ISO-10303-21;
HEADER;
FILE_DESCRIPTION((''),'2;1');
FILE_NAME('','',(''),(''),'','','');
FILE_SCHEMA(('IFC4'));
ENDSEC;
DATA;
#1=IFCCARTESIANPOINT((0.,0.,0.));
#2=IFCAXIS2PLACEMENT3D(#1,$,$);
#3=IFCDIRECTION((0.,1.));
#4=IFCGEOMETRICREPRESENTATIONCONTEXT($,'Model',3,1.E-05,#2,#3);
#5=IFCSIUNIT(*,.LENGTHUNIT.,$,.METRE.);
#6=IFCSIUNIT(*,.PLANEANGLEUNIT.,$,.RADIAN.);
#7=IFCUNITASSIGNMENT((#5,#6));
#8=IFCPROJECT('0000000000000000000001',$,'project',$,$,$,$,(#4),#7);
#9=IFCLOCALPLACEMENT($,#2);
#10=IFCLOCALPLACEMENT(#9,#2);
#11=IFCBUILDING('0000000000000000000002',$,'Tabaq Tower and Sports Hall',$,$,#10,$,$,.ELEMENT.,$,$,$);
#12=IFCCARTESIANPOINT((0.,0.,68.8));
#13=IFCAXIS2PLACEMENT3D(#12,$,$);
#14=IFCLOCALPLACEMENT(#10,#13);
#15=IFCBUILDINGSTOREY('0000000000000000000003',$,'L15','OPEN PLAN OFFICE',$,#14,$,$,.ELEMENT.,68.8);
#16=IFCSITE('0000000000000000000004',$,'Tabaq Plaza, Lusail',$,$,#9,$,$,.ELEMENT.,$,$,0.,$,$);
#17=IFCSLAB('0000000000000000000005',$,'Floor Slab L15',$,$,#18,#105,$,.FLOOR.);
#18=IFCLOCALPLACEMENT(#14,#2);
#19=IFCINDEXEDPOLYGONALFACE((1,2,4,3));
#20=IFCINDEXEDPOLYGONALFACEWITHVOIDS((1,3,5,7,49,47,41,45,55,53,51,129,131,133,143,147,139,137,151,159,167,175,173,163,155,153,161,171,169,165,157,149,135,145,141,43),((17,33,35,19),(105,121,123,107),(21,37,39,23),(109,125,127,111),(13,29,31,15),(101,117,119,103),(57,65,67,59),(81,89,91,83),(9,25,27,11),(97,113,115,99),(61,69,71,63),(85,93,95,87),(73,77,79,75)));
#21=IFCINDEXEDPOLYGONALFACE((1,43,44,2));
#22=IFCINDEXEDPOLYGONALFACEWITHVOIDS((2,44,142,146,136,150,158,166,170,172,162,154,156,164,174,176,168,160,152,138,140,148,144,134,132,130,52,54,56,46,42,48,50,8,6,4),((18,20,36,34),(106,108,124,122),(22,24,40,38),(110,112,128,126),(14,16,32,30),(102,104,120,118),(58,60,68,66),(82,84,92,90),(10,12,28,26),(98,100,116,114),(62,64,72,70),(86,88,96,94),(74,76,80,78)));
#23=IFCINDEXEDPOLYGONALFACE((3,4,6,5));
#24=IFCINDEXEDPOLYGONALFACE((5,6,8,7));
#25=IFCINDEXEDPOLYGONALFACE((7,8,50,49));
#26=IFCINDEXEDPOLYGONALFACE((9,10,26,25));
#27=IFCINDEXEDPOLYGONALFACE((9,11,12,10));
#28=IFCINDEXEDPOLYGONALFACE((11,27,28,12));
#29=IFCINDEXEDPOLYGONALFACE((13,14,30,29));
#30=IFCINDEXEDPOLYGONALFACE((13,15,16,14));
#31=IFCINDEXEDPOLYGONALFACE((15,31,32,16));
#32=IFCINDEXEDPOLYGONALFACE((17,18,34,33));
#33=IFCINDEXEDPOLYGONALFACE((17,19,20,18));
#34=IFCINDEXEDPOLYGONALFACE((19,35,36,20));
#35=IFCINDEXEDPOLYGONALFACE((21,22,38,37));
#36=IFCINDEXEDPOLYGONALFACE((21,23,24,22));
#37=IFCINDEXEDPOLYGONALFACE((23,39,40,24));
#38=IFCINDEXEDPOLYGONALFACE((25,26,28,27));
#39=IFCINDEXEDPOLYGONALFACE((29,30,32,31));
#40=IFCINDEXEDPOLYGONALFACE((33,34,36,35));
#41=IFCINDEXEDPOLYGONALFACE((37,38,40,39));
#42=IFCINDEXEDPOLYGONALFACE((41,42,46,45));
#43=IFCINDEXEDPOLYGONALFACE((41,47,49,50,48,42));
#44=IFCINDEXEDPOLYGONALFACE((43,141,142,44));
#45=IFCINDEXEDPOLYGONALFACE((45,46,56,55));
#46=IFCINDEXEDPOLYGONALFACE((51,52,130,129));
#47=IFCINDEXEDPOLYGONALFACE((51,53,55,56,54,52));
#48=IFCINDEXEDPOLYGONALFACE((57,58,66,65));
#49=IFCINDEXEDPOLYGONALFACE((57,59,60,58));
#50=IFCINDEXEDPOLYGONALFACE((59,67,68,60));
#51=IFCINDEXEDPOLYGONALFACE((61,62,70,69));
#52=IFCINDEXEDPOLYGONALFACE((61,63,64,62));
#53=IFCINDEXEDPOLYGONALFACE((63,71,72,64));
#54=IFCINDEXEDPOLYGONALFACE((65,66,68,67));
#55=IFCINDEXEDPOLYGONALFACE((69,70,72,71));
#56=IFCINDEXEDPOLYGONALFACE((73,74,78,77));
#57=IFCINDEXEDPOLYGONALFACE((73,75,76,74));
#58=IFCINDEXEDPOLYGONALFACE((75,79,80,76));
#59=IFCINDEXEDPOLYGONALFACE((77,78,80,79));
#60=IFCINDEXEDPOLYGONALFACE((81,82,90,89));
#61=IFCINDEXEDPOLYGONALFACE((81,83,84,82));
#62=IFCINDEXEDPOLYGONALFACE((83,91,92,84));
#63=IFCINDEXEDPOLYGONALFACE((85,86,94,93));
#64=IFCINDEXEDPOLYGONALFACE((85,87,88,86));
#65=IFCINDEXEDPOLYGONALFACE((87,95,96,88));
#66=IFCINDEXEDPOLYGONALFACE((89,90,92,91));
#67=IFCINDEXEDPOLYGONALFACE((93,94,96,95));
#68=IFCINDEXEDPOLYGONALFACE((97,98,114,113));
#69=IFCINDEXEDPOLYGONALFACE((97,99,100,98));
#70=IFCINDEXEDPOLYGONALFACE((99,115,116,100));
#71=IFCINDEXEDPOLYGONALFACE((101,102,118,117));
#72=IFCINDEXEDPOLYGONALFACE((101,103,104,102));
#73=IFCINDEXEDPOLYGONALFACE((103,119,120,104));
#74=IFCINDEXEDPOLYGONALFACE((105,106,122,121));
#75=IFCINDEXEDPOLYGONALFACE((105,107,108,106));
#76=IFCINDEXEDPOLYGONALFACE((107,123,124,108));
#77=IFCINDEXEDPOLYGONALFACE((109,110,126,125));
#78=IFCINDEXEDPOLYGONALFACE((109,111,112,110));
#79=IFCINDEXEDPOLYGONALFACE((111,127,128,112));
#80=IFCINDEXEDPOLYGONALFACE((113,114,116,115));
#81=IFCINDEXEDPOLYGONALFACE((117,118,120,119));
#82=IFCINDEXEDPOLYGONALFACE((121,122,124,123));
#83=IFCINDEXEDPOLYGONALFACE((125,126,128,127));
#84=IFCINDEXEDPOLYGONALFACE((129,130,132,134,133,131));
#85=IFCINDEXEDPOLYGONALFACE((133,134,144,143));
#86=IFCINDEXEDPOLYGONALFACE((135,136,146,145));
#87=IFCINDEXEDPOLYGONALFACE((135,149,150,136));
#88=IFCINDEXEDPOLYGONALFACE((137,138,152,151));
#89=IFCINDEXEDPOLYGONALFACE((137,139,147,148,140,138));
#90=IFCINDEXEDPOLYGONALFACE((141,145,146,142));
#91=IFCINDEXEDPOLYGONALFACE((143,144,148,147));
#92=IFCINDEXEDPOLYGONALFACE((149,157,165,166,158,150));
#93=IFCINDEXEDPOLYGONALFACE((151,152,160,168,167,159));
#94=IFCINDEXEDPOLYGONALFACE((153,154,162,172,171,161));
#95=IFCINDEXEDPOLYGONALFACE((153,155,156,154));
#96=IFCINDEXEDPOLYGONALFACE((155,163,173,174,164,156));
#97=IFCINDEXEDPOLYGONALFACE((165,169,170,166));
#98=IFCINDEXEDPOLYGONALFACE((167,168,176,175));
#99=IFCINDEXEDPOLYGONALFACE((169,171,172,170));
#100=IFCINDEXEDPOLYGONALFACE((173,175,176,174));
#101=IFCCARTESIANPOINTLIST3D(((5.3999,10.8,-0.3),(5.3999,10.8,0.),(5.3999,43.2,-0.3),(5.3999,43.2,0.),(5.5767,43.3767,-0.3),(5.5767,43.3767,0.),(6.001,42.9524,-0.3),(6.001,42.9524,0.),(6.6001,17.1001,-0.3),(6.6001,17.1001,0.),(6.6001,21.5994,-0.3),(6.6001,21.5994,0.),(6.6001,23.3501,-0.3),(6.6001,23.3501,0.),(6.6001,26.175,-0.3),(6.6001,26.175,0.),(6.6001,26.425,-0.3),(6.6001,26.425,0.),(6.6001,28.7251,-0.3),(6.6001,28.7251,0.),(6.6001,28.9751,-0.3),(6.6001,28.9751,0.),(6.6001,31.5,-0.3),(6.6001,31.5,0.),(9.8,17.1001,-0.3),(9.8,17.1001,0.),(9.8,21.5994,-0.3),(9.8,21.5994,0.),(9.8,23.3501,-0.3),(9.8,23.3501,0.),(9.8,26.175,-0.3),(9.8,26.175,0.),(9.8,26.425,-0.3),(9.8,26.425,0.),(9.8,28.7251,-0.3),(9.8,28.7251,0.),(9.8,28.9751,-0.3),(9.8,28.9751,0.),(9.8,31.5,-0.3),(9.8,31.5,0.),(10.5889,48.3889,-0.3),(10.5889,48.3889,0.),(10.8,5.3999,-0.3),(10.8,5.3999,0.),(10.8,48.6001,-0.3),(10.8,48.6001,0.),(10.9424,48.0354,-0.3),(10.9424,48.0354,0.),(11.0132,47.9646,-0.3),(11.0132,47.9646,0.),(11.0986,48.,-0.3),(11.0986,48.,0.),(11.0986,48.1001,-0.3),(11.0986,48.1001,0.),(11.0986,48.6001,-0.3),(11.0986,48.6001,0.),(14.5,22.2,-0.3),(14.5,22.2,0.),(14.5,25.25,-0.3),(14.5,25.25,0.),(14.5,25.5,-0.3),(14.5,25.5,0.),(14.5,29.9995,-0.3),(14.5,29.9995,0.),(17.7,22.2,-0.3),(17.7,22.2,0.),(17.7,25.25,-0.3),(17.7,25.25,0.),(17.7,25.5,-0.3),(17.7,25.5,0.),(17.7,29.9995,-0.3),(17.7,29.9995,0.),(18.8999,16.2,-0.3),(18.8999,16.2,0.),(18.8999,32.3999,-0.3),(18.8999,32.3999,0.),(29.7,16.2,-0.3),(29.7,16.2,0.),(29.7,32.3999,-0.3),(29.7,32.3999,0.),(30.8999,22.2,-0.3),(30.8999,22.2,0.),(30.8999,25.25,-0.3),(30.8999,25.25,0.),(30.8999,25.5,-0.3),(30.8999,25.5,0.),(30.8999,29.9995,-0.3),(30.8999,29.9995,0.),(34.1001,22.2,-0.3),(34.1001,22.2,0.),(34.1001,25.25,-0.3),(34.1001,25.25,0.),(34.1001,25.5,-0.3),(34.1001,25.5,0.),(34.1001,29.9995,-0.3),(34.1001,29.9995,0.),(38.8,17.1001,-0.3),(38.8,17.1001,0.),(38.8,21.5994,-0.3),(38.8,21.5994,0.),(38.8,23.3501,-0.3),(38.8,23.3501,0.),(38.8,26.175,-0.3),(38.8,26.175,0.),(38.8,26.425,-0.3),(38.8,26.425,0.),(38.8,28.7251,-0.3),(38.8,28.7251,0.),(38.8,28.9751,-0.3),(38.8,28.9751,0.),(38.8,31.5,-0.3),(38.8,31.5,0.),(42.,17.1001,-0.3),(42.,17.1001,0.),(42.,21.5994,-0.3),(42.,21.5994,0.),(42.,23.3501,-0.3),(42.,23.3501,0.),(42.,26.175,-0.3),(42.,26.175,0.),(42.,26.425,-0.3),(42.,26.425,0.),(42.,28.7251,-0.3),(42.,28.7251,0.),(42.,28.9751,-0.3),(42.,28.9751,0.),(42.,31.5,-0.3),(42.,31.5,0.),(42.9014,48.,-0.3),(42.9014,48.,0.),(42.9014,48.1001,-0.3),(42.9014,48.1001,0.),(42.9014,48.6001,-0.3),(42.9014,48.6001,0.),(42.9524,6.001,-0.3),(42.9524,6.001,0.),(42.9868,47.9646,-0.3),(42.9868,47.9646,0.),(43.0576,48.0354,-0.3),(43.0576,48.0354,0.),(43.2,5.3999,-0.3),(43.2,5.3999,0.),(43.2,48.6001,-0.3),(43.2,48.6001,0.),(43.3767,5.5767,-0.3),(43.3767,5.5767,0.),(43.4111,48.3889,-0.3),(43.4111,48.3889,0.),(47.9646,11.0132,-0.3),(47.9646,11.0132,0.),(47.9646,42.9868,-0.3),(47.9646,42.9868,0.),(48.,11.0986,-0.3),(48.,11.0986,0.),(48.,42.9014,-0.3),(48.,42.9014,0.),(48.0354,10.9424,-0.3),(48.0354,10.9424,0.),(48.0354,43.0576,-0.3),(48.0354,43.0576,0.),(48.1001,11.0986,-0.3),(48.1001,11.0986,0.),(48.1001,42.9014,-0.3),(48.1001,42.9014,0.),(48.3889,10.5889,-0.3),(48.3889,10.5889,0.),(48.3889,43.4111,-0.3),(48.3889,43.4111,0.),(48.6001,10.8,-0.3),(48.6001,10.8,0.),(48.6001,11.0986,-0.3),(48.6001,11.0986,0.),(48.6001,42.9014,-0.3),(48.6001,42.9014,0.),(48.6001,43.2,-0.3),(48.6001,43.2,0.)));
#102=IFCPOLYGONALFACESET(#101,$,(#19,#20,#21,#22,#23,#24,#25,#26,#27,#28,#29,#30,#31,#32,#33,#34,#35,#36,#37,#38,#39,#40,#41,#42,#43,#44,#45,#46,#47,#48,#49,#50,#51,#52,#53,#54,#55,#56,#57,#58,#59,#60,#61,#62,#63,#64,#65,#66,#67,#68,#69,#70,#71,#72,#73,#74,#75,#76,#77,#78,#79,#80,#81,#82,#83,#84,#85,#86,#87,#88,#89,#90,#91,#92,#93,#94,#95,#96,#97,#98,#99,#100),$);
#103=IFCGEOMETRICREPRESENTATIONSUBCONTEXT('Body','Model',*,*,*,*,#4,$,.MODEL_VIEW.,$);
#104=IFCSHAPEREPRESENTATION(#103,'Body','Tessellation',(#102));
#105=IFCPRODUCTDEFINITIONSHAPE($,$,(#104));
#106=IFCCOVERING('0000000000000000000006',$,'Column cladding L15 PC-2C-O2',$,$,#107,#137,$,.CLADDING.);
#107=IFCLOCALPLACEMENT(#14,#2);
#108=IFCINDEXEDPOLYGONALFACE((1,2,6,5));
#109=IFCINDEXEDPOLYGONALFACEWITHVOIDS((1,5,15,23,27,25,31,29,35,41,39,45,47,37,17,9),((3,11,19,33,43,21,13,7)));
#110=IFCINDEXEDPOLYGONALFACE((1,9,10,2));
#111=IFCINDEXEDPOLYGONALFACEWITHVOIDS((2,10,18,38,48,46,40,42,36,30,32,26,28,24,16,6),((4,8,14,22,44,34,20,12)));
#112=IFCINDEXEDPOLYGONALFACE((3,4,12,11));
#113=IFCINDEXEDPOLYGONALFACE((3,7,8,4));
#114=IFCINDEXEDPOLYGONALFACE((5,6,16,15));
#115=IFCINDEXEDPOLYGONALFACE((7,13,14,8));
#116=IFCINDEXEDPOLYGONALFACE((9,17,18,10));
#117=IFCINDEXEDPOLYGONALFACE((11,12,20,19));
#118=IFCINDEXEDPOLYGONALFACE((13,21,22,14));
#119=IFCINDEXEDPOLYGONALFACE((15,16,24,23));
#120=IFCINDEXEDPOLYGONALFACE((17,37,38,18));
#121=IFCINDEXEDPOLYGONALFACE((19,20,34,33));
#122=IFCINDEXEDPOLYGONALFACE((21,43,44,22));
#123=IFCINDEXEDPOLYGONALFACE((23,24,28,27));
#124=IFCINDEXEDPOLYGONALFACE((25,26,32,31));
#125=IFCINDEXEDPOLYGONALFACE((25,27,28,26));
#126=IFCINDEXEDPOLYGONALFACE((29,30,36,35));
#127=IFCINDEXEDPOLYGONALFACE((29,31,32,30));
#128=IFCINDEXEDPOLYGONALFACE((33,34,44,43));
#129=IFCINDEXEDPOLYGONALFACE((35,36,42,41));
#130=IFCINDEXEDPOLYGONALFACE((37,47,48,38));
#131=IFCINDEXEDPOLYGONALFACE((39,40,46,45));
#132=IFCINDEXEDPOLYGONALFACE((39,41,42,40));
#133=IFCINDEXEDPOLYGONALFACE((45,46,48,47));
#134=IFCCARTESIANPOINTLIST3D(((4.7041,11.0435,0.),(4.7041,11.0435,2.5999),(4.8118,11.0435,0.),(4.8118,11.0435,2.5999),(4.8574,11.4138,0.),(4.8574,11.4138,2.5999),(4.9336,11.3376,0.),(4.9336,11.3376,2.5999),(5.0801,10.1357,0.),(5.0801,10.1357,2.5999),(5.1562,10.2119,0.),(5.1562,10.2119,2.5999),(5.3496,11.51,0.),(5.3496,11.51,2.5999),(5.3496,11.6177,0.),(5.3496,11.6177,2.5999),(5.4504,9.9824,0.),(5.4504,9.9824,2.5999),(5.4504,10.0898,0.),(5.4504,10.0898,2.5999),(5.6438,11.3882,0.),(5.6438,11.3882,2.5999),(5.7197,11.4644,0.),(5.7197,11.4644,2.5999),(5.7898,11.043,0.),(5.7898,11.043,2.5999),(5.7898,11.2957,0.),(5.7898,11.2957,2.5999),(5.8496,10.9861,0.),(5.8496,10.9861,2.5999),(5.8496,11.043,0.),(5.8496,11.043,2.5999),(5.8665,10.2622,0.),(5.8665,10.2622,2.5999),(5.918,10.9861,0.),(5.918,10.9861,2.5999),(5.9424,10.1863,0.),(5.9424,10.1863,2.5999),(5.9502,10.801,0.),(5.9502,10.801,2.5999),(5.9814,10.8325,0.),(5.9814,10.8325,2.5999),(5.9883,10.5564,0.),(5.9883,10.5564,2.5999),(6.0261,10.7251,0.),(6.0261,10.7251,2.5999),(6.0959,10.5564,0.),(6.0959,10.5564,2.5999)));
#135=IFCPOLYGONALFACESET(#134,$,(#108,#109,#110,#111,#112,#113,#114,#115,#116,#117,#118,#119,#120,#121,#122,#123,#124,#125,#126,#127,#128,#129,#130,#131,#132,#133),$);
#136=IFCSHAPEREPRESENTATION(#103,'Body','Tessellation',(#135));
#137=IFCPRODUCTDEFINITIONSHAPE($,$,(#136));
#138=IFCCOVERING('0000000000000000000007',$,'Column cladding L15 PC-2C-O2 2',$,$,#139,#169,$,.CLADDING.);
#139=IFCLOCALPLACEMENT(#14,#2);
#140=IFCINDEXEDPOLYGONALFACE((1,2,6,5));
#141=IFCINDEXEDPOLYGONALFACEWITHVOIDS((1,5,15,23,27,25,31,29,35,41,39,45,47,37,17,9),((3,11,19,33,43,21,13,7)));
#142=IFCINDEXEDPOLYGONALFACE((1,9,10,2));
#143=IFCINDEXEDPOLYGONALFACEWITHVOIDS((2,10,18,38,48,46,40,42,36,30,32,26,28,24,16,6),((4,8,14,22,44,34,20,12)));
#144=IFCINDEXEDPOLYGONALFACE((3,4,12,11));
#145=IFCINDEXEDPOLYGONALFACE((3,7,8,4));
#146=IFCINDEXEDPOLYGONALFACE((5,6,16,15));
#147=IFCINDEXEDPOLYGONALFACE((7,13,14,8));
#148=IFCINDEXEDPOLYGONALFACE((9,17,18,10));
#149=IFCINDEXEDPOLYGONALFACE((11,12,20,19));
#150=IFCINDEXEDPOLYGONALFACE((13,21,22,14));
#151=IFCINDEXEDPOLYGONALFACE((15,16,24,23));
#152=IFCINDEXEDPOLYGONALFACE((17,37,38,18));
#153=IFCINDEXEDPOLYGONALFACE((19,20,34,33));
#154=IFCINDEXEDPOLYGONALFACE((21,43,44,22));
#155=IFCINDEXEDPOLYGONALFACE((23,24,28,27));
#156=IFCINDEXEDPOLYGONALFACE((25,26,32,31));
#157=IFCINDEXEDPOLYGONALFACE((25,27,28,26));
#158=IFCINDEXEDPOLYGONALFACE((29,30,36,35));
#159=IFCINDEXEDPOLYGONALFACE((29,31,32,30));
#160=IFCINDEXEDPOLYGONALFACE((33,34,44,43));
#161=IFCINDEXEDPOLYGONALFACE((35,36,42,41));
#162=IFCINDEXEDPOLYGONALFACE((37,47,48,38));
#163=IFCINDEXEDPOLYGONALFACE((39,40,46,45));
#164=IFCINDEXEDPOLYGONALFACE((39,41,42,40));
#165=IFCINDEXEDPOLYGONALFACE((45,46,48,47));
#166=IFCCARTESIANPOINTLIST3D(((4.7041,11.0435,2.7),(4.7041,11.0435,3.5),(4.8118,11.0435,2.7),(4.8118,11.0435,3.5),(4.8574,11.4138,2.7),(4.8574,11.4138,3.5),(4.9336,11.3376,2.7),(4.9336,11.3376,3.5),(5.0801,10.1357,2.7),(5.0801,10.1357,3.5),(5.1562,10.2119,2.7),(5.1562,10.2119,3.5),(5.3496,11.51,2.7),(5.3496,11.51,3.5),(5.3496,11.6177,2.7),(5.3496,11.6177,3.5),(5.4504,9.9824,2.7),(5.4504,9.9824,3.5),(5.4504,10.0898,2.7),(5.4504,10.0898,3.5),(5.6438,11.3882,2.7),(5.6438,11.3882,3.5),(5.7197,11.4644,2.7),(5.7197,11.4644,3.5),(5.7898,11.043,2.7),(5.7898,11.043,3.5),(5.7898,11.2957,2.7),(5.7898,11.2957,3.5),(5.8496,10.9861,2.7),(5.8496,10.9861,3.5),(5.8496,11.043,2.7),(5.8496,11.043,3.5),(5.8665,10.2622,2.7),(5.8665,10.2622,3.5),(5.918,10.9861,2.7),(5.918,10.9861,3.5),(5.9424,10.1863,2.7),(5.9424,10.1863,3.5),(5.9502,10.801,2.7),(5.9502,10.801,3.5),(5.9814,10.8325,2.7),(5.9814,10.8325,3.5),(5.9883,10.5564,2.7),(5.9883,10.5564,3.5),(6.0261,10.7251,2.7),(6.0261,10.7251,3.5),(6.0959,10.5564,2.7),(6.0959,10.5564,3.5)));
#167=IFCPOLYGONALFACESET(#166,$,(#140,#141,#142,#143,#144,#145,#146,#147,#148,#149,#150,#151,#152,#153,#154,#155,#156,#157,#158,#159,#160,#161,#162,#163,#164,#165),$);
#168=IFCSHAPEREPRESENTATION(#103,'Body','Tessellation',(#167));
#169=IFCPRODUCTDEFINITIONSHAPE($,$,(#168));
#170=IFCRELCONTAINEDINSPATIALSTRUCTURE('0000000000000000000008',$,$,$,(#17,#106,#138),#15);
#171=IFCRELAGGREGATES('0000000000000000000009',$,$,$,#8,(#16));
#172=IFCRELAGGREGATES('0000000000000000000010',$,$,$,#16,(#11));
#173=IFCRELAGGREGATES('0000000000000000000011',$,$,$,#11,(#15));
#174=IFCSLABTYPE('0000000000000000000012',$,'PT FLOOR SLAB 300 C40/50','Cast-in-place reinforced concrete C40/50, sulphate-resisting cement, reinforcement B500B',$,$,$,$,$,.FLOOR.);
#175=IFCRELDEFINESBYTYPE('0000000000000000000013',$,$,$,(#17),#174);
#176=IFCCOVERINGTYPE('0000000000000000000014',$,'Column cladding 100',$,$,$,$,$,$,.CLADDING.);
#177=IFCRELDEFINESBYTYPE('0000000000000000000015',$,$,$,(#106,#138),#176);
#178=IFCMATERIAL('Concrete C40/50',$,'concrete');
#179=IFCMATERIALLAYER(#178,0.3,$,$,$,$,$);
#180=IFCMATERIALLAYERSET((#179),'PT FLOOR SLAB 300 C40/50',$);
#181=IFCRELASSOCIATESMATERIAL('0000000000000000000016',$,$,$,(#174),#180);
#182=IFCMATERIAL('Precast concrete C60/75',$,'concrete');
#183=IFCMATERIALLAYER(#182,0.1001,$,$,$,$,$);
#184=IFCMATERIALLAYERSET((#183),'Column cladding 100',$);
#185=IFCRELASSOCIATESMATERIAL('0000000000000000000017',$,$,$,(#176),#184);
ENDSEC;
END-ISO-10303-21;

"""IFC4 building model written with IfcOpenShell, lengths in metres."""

from ifc_helpers import new_model, si_unit, direction, frame, origin, place, context, subcontext, project, spatial, polyline, outline, extrude, material, layer, layer_set, type_object, element, save


model = new_model("IFC4")

# Units and contexts
model_context = context("Model", 3, precision=1e-05, world=origin(), true_north=direction((0.0, 1.0)))
body_context = subcontext(model_context, "Body", "Model", "MODEL_VIEW")
ifc_project = project(units=[si_unit("LENGTHUNIT", "METRE"), si_unit("PLANEANGLEUNIT", "RADIAN")], contexts=[model_context])

# Site, building, storey
site_placement = place(None, origin())
site = spatial("IfcSite", under=ifc_project, at=site_placement, Name="Tabaq Plaza, Lusail", CompositionType="ELEMENT", RefElevation=0.0)
building_placement = place(site_placement, origin())
building = spatial("IfcBuilding", under=site, at=building_placement, Name="Tabaq Tower and Sports Hall", CompositionType="ELEMENT")
storey_placement = place(building_placement, frame((0.0, 0.0, 68.8)))
storey = spatial("IfcBuildingStorey", under=building, at=storey_placement, Name="L15", Description="OPEN PLAN OFFICE", CompositionType="ELEMENT", Elevation=68.8)

# Slab
ifc_material_1 = material(Name="Concrete C40/50", Category="concrete")
ifc_layer_1 = layer(ifc_material_1, 0.3)
ifc_layer_set_1 = layer_set([ifc_layer_1], Name="PT FLOOR SLAB 300 C40/50")
slab_type = type_object("IfcSlabType", Name="PT FLOOR SLAB 300 C40/50", Description="Cast-in-place reinforced concrete C40/50, sulphate-resisting cement, reinforcement B500B", PredefinedType="FLOOR", material=ifc_layer_set_1)
slab_placement = place(storey_placement, frame((0.0, 0.0, -0.3)))
element("IfcSlab", 1, at=slab_placement, inside=storey, type_object=slab_type, Name="Floor Slab L15", PredefinedType="FLOOR", context=body_context, shape_type="SweptSolid", body=[
    extrude(outline(polyline([(5.3999, 43.2), (5.3999, 10.8), (10.8, 5.3999), (43.2, 5.3999), (43.3767, 5.5767), (42.9524, 6.001), (47.9646, 11.0132), (48.0354, 10.9424), (48.3889, 10.5889), (48.6001, 10.8), (48.6001, 11.0986), (48.1001, 11.0986), (48.0, 11.0986), (48.0, 42.9014), (48.1001, 42.9014), (48.6001, 42.9014), (48.6001, 43.2), (48.3889, 43.4111), (48.0354, 43.0576), (47.9646, 42.9868), (42.9868, 47.9646), (43.0576, 48.0354), (43.4111, 48.3889), (43.2, 48.6001), (42.9014, 48.6001), (42.9014, 48.1001), (42.9014, 48.0), (11.0986, 48.0), (11.0986, 48.1001), (11.0986, 48.6001), (10.8, 48.6001), (10.5889, 48.3889), (10.9424, 48.0354), (11.0132, 47.9646), (6.001, 42.9524), (5.5767, 43.3767), (5.3999, 43.2)]), holes=[polyline([(6.6001, 21.5994), (9.8, 21.5994), (9.8, 17.1001), (6.6001, 17.1001), (6.6001, 21.5994)]), polyline([(17.7, 25.25), (17.7, 22.2), (14.5, 22.2), (14.5, 25.25), (17.7, 25.25)]), polyline([(18.8999, 32.3999), (29.7, 32.3999), (29.7, 16.2), (18.8999, 16.2), (18.8999, 32.3999)]), polyline([(6.6001, 26.175), (9.8, 26.175), (9.8, 23.3501), (6.6001, 23.3501), (6.6001, 26.175)]), polyline([(9.8, 28.7251), (9.8, 26.425), (6.6001, 26.425), (6.6001, 28.7251), (9.8, 28.7251)]), polyline([(17.7, 29.9995), (17.7, 25.5), (14.5, 25.5), (14.5, 29.9995), (17.7, 29.9995)]), polyline([(6.6001, 31.5), (9.8, 31.5), (9.8, 28.9751), (6.6001, 28.9751), (6.6001, 31.5)]), polyline([(42.0, 21.5994), (42.0, 17.1001), (38.8, 17.1001), (38.8, 21.5994), (42.0, 21.5994)]), polyline([(34.1001, 25.25), (34.1001, 22.2), (30.8999, 22.2), (30.8999, 25.25), (34.1001, 25.25)]), polyline([(42.0, 26.175), (42.0, 23.3501), (38.8, 23.3501), (38.8, 26.175), (42.0, 26.175)]), polyline([(42.0, 28.7251), (42.0, 26.425), (38.8, 26.425), (38.8, 28.7251), (42.0, 28.7251)]), polyline([(34.1001, 29.9995), (34.1001, 25.5), (30.8999, 25.5), (30.8999, 29.9995), (34.1001, 29.9995)]), polyline([(42.0, 31.5), (42.0, 28.9751), (38.8, 28.9751), (38.8, 31.5), (42.0, 31.5)])]), origin(), (0.0, 0.0, 1.0), 0.3),
])

# Coverings
ifc_material_2 = material(Name="Precast concrete C60/75", Category="concrete")
ifc_layer_2 = layer(ifc_material_2, 0.1001)
ifc_layer_set_2 = layer_set([ifc_layer_2], Name="Column cladding 100")
covering_type = type_object("IfcCoveringType", Name="Column cladding 100", PredefinedType="CLADDING", material=ifc_layer_set_2)
covering_1_placement = place(storey_placement, origin())
element("IfcCovering", 2, at=covering_1_placement, inside=storey, type_object=covering_type, Name="Column cladding L15 PC-2C-O2", PredefinedType="CLADDING", context=body_context, shape_type="SweptSolid", body=[
    extrude(outline(polyline([(5.4504, 9.9824), (5.0801, 10.1357), (4.7041, 11.0435), (4.8574, 11.4138), (5.3496, 11.6177), (5.7197, 11.4644), (5.7898, 11.2957), (5.7898, 11.043), (5.8496, 11.043), (5.8496, 10.9861), (5.918, 10.9861), (5.9814, 10.8325), (5.9502, 10.801), (6.0261, 10.7251), (6.0959, 10.5564), (5.9424, 10.1863), (5.4504, 9.9824)]), holes=[polyline([(5.3496, 11.51), (4.9336, 11.3376), (4.8118, 11.0435), (5.1562, 10.2119), (5.4504, 10.0898), (5.8665, 10.2622), (5.9883, 10.5564), (5.6438, 11.3882), (5.3496, 11.51)])]), origin(), (0.0, 0.0, 1.0), 2.5999),
])
covering_2_placement = place(storey_placement, frame((0.0, 0.0, 2.7)))
element("IfcCovering", 3, at=covering_2_placement, inside=storey, type_object=covering_type, Name="Column cladding L15 PC-2C-O2 2", PredefinedType="CLADDING", context=body_context, shape_type="SweptSolid", body=[
    extrude(outline(polyline([(5.4504, 9.9824), (5.0801, 10.1357), (4.7041, 11.0435), (4.8574, 11.4138), (5.3496, 11.6177), (5.7197, 11.4644), (5.7898, 11.2957), (5.7898, 11.043), (5.8496, 11.043), (5.8496, 10.9861), (5.918, 10.9861), (5.9814, 10.8325), (5.9502, 10.801), (6.0261, 10.7251), (6.0959, 10.5564), (5.9424, 10.1863), (5.4504, 9.9824)]), holes=[polyline([(5.3496, 11.51), (4.9336, 11.3376), (4.8118, 11.0435), (5.1562, 10.2119), (5.4504, 10.0898), (5.8665, 10.2622), (5.9883, 10.5564), (5.6438, 11.3882), (5.3496, 11.51)])]), origin(), (0.0, 0.0, 1.0), 0.8),
])

save(model, "model.ifc")
